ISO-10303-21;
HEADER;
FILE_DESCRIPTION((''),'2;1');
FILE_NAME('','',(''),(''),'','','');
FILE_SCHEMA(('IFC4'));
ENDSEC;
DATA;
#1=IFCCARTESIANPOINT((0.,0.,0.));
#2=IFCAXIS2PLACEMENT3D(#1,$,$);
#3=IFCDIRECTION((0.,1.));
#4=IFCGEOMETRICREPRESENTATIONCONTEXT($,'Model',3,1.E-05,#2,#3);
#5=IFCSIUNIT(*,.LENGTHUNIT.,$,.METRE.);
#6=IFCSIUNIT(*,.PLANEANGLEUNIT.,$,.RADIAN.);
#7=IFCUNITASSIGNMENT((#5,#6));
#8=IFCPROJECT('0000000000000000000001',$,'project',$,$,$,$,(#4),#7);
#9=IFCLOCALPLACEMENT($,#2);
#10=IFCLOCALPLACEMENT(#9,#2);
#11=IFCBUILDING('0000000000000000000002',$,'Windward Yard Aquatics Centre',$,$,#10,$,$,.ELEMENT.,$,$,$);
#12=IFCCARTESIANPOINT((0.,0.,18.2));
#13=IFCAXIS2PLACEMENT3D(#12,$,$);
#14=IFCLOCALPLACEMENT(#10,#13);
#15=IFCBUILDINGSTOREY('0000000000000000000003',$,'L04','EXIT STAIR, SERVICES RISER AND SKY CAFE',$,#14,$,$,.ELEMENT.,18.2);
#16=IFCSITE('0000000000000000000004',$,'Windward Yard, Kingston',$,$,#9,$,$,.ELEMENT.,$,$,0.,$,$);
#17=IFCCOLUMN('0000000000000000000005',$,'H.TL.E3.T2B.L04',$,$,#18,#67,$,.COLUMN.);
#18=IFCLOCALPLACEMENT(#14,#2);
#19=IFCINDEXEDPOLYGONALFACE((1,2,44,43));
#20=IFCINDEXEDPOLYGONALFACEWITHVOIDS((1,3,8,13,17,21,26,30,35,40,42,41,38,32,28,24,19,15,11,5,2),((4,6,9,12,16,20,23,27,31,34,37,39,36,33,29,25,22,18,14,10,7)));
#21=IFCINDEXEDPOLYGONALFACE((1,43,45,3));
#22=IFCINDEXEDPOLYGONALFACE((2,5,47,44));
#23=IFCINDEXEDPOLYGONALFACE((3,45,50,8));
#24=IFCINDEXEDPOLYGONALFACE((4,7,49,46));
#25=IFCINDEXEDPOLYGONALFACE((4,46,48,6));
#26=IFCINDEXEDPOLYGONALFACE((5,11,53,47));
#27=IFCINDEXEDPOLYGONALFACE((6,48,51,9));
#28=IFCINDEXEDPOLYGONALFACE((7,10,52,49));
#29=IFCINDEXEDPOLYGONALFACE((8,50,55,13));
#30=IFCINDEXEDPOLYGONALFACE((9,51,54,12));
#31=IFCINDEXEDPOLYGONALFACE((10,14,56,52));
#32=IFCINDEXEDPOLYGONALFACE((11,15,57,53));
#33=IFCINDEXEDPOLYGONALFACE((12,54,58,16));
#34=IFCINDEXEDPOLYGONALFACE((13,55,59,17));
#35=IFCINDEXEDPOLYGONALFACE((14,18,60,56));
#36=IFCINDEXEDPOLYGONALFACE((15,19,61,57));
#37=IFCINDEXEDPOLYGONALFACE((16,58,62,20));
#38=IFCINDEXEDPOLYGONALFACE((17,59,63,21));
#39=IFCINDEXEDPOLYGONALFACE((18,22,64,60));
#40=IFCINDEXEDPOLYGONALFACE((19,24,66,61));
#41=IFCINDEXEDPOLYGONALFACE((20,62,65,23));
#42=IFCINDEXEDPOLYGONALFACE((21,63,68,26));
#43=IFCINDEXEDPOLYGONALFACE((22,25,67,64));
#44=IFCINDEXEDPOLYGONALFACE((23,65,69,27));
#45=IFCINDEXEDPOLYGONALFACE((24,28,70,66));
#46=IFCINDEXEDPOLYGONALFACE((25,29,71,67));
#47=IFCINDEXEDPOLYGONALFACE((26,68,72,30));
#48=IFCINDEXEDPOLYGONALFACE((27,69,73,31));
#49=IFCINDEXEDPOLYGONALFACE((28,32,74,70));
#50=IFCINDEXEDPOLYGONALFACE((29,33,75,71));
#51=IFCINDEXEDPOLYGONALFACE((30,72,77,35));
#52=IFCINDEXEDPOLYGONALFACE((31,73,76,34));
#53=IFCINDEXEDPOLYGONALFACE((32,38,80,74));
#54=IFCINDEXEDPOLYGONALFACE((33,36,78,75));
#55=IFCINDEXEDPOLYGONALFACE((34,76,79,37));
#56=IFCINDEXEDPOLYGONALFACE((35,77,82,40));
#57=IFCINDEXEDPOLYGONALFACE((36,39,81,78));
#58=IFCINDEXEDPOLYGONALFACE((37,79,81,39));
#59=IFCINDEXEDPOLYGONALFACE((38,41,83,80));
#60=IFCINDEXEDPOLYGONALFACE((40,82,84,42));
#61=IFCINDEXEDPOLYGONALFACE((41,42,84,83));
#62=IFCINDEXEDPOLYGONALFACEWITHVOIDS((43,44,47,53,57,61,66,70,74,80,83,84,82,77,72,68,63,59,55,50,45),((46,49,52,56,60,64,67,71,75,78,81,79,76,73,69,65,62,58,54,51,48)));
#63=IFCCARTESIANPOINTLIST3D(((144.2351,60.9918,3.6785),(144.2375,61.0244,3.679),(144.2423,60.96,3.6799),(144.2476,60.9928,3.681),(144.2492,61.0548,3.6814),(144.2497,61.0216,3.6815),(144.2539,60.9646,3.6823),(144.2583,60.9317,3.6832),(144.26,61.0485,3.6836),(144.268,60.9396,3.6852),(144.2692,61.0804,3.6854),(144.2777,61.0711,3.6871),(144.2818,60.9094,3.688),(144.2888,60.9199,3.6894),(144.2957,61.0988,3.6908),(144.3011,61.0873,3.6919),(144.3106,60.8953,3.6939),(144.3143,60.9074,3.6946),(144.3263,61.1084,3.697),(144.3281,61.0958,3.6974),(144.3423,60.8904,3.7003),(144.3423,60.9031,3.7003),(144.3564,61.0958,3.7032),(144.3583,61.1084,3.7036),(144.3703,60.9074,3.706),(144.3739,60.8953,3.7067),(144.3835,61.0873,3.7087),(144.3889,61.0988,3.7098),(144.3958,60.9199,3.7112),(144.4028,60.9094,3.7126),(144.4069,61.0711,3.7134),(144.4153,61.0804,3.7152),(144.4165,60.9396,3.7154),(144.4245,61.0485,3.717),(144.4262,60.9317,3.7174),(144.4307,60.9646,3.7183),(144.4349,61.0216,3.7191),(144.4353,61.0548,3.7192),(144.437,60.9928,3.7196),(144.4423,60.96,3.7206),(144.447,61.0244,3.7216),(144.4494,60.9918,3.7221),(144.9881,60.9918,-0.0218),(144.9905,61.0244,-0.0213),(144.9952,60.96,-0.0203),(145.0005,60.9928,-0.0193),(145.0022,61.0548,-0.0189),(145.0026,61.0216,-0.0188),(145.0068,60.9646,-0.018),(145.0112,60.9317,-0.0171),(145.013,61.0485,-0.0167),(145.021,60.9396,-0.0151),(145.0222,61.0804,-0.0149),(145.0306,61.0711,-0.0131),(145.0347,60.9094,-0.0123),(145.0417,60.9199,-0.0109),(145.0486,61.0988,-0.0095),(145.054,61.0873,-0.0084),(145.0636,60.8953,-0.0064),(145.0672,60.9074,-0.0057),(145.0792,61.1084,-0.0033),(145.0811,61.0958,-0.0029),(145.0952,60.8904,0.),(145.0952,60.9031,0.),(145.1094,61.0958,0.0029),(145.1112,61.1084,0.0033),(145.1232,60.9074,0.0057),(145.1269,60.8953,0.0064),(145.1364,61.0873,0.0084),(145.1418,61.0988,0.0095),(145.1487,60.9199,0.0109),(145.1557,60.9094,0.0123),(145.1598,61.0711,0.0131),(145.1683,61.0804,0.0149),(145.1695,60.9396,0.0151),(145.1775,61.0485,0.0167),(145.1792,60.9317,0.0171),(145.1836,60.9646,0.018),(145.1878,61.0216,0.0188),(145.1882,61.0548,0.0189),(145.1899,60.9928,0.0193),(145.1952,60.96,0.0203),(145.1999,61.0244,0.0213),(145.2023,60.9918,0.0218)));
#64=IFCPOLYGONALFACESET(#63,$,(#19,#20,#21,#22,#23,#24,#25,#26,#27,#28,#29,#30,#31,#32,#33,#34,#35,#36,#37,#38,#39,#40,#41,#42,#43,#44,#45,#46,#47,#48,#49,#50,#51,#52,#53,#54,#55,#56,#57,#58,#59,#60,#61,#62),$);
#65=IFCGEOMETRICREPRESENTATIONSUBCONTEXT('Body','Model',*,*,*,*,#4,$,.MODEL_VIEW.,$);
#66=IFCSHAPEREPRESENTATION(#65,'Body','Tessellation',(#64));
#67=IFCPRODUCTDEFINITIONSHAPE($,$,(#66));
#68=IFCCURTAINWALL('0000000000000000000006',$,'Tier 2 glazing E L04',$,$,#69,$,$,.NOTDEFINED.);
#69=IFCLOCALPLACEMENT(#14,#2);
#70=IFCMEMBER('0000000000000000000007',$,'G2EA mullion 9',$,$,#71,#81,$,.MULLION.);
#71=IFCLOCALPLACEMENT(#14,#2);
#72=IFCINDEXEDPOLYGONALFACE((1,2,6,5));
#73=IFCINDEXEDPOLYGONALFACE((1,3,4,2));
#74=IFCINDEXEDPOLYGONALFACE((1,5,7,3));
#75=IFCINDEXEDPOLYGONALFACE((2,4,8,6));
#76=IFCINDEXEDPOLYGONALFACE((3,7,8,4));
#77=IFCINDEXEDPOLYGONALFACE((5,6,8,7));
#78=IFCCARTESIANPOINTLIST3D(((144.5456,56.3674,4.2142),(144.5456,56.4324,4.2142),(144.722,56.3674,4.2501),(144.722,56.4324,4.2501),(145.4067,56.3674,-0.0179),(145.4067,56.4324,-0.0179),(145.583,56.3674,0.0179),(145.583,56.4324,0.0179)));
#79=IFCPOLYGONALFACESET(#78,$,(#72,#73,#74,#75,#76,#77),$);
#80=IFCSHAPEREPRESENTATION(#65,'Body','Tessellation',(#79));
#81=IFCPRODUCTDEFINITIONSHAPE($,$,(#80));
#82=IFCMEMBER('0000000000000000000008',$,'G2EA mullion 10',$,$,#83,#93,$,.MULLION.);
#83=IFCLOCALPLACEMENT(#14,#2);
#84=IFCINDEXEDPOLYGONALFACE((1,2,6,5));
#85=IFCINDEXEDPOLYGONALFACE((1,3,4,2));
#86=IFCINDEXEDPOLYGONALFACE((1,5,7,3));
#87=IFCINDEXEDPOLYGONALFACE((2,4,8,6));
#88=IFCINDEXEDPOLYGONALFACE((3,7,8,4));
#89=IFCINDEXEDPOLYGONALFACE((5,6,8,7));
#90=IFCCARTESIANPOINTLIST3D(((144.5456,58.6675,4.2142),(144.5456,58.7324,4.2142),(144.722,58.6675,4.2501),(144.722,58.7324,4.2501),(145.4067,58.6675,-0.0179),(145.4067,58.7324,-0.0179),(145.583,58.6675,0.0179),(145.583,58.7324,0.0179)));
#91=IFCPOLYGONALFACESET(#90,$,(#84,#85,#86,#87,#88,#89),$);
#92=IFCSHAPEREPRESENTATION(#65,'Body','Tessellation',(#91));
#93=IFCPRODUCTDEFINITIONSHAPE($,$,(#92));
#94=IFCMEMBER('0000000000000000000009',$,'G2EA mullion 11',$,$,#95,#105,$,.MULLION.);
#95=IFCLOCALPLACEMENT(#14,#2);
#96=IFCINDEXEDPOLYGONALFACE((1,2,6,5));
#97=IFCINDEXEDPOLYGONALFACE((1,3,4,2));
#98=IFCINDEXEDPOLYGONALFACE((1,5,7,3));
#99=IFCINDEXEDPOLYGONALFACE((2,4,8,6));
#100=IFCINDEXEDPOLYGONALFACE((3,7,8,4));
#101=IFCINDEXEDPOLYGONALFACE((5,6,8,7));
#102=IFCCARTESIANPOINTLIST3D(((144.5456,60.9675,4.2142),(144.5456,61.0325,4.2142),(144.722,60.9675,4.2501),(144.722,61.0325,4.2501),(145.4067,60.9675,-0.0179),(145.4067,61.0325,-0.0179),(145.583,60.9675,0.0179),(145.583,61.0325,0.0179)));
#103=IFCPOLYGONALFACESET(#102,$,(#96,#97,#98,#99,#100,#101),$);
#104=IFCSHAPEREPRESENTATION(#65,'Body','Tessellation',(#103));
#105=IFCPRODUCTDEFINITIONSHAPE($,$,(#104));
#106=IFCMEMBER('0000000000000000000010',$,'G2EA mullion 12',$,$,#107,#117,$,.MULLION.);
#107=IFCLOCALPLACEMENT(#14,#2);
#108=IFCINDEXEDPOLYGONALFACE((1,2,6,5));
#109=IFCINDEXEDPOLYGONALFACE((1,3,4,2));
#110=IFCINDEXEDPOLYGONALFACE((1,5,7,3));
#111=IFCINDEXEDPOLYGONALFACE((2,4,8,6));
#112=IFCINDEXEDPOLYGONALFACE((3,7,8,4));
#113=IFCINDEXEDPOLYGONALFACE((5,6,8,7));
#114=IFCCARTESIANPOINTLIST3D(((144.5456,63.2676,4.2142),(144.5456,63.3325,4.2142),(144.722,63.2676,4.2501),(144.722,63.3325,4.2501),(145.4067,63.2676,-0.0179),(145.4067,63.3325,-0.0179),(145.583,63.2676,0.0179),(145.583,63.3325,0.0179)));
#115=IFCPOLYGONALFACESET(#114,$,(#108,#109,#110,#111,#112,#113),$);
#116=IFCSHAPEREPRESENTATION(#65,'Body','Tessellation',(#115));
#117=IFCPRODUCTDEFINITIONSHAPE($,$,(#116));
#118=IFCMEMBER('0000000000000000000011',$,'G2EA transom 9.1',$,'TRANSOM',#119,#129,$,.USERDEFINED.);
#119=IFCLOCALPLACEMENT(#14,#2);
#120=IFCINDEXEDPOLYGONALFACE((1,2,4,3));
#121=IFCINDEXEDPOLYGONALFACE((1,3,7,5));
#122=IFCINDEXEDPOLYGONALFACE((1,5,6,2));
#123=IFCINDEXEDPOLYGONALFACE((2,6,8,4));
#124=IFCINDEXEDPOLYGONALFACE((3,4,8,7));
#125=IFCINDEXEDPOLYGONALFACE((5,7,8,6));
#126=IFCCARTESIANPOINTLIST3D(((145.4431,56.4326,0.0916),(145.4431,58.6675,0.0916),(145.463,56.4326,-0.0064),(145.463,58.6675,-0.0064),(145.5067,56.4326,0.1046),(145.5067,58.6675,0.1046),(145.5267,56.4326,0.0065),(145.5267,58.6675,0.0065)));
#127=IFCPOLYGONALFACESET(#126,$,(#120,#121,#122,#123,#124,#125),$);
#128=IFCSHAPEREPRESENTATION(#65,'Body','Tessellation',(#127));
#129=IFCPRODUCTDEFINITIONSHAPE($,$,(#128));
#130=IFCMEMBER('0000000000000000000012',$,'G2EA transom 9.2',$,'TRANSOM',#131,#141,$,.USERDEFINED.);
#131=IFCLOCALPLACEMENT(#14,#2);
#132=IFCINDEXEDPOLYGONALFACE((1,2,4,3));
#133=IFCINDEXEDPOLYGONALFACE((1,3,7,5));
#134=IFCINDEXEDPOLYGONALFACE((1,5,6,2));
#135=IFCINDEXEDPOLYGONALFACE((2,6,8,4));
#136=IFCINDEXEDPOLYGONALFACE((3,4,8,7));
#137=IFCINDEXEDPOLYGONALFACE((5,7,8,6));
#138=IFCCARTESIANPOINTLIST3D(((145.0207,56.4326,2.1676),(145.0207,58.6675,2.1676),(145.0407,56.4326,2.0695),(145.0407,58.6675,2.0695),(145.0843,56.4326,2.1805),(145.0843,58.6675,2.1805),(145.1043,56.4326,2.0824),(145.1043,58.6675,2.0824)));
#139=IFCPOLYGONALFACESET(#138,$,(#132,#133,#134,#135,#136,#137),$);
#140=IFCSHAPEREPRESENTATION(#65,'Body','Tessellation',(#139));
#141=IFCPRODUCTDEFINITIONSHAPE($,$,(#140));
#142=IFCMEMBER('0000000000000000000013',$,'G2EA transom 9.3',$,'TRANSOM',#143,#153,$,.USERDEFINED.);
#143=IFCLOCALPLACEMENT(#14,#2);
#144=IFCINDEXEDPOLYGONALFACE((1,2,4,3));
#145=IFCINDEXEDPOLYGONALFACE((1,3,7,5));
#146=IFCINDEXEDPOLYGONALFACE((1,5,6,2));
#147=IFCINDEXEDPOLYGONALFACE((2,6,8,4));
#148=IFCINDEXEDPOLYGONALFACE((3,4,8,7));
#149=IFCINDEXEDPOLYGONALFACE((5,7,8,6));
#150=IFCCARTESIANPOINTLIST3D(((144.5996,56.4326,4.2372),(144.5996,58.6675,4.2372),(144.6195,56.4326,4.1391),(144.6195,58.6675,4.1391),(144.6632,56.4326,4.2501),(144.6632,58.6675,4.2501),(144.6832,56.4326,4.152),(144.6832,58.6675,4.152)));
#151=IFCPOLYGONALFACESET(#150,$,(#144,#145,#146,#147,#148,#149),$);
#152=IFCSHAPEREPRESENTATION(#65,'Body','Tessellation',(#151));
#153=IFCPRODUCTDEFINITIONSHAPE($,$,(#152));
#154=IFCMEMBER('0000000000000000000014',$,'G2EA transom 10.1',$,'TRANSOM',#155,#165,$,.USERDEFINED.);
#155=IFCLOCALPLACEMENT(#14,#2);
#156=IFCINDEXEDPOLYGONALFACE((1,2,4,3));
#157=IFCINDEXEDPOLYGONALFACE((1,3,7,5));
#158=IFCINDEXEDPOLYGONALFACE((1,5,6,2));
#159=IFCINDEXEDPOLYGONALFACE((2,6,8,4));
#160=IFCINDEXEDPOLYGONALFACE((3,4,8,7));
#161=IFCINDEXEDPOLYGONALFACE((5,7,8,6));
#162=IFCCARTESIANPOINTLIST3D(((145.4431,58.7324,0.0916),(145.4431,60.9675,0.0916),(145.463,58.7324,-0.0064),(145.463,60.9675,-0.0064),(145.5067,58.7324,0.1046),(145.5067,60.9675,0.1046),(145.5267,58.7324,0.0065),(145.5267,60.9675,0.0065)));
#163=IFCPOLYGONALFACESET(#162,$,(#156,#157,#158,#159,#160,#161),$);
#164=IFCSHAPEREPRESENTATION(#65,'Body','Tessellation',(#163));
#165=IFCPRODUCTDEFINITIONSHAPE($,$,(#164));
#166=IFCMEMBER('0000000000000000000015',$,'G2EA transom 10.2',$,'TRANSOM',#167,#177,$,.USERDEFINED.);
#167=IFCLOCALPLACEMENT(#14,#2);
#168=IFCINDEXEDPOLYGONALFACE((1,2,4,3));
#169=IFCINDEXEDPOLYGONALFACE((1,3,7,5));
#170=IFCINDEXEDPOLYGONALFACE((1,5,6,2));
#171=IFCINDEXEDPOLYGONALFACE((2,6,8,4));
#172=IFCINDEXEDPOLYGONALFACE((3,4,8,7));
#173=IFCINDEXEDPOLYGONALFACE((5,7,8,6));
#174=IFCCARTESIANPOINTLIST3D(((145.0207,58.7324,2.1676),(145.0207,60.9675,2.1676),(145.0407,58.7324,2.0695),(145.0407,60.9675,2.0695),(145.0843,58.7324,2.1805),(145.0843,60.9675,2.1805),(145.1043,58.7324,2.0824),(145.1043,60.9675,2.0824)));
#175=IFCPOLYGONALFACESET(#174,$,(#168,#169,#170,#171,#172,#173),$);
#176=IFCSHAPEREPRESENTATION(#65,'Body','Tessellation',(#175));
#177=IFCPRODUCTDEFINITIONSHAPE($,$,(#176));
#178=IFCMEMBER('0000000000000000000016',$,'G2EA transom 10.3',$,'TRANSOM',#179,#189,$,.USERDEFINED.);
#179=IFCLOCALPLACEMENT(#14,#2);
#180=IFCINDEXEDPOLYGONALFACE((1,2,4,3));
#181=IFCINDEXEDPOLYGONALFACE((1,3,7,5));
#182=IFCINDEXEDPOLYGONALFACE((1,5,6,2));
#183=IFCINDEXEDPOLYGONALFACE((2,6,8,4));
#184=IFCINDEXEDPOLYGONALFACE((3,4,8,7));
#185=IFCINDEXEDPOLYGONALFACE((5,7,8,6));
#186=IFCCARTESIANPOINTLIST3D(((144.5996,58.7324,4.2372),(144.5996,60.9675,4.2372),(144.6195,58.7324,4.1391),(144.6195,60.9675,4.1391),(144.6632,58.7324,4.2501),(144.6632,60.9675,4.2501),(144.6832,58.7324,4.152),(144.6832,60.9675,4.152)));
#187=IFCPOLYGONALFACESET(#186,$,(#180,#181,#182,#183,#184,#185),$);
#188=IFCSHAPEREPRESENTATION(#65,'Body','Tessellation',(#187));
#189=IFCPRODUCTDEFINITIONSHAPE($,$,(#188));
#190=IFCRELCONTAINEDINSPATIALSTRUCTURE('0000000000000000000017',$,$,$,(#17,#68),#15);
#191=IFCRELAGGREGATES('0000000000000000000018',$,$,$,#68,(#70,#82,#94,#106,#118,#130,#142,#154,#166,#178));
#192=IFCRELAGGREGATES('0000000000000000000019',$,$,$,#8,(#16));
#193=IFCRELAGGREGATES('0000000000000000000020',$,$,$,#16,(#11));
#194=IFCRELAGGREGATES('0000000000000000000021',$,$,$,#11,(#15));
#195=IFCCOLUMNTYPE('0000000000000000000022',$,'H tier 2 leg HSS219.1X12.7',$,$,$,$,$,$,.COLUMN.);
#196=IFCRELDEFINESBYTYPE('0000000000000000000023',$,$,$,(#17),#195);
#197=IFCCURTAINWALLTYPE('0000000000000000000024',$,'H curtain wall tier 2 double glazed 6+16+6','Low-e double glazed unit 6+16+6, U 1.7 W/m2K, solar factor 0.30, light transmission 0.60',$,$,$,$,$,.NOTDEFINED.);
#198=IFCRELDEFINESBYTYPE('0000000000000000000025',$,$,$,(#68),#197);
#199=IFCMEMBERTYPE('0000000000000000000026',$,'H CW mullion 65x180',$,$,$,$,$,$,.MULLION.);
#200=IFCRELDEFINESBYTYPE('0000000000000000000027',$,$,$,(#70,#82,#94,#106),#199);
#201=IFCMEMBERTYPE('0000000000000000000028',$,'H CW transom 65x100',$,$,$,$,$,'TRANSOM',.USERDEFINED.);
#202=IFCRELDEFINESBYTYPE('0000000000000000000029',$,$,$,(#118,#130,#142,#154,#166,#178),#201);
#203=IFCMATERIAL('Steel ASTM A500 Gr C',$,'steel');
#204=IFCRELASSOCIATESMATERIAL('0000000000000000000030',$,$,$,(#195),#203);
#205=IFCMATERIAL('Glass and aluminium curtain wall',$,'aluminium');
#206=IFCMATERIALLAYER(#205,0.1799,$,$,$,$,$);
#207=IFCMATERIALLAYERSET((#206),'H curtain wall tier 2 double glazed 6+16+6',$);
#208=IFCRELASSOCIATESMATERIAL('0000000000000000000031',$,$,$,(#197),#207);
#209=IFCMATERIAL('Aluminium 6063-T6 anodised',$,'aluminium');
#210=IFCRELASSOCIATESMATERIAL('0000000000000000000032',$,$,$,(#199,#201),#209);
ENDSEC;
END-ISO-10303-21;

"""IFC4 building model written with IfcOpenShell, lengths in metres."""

from ifc_helpers import new_model, si_unit, direction, frame, origin, origin_2d, place, context, subcontext, project, spatial, rectangle, hollow_circle, extrude, material, layer, layer_set, material_profile, profile_set, type_object, element, aggregate, save


model = new_model("IFC4")

# Units and contexts
model_context = context("Model", 3, precision=1e-05, world=origin(), true_north=direction((0.0, 1.0)))
body_context = subcontext(model_context, "Body", "Model", "MODEL_VIEW")
ifc_project = project(units=[si_unit("LENGTHUNIT", "METRE"), si_unit("PLANEANGLEUNIT", "RADIAN")], contexts=[model_context])

# Site, building, storey
site_placement = place(None, origin())
site = spatial("IfcSite", under=ifc_project, at=site_placement, Name="Windward Yard, Kingston", CompositionType="ELEMENT", RefElevation=0.0)
building_placement = place(site_placement, origin())
building = spatial("IfcBuilding", under=site, at=building_placement, Name="Windward Yard Aquatics Centre", CompositionType="ELEMENT")
storey_placement = place(building_placement, frame((0.0, 0.0, 18.2)))
storey = spatial("IfcBuildingStorey", under=building, at=storey_placement, Name="L04", Description="EXIT STAIR, SERVICES RISER AND SKY CAFE", CompositionType="ELEMENT", Elevation=18.2)

# Column
ifc_material_1 = material(Name="Steel ASTM A500 Gr C", Category="steel")
ifc_material_profile_1 = material_profile(ifc_material_1, hollow_circle(Radius=0.1096, WallThickness=0.0127, at=origin_2d()), Name="HSS219.1X12.7")
ifc_profile_set_1 = profile_set([ifc_material_profile_1], Name="Steel ASTM A500 Gr C")
column_type = type_object("IfcColumnType", Name="H tier 2 leg HSS219.1X12.7", PredefinedType="COLUMN", material=ifc_profile_set_1)
column_placement = place(storey_placement, frame((145.0952, 61.0, 0.0), z_axis=(-0.199398, 0.0, 0.979919), x_axis=(0.0, -1.0, 0.0)))
element("IfcColumn", 1, at=column_placement, inside=storey, type_object=column_type, Name="H.TL.E3.T2B.L04", PredefinedType="COLUMN", context=body_context, shape_type="SweptSolid", body=[
    extrude(hollow_circle(Radius=0.1096, WallThickness=0.0127, at=origin_2d()), origin(), (0.0, 0.0, 1.0), 3.7761),
])

# Curtain wall, members
ifc_material_2 = material(Name="Glass and aluminium curtain wall", Category="aluminium")
ifc_layer_1 = layer(ifc_material_2, 0.1799)
ifc_layer_set_1 = layer_set([ifc_layer_1], Name="H curtain wall tier 2 double glazed 6+16+6")
curtain_wall_type = type_object("IfcCurtainWallType", Name="H curtain wall tier 2 double glazed 6+16+6", Description="Low-e double glazed unit 6+16+6, U 1.7 W/m2K, solar factor 0.30, light transmission 0.60", PredefinedType="NOTDEFINED", material=ifc_layer_set_1)
curtain_wall_placement = place(storey_placement, origin())
curtain_wall = element("IfcCurtainWall", 2, at=curtain_wall_placement, inside=storey, type_object=curtain_wall_type, Name="Tier 2 glazing E L04", PredefinedType="NOTDEFINED")
ifc_material_3 = material(Name="Aluminium 6063-T6 anodised", Category="aluminium")
ifc_material_profile_2 = material_profile(ifc_material_3, rectangle(XDim=0.0649, YDim=0.1799, at=origin_2d()), Name="H CW mullion 65x180")
ifc_profile_set_2 = profile_set([ifc_material_profile_2], Name="Aluminium 6063-T6 anodised")
member_type_1 = type_object("IfcMemberType", Name="H CW mullion 65x180", PredefinedType="MULLION", material=ifc_profile_set_2)
member_1_placement = place(storey_placement, frame((145.4949, 56.3999, 0.0), z_axis=(-0.199376, 0.0, 0.979923), x_axis=(0.0, -1.0, 0.0)))
member_1 = element("IfcMember", 3, at=member_1_placement, type_object=member_type_1, Name="G2EA mullion 9", PredefinedType="MULLION", context=body_context, shape_type="SweptSolid", body=[
    extrude(rectangle(XDim=0.0649, YDim=0.1799, at=origin_2d()), origin(), (0.0, 0.0, 1.0), 4.3188),
])
member_2_placement = place(storey_placement, frame((145.4949, 58.7, 0.0), z_axis=(-0.199376, 0.0, 0.979923), x_axis=(0.0, -1.0, 0.0)))
member_2 = element("IfcMember", 4, at=member_2_placement, type_object=member_type_1, Name="G2EA mullion 10", PredefinedType="MULLION", context=body_context, shape_type="SweptSolid", body=[
    extrude(rectangle(XDim=0.0649, YDim=0.1799, at=origin_2d()), origin(), (0.0, 0.0, 1.0), 4.3188),
])
member_3_placement = place(storey_placement, frame((145.4949, 61.0, 0.0), z_axis=(-0.199376, 0.0, 0.979923), x_axis=(0.0, -1.0, 0.0)))
member_3 = element("IfcMember", 5, at=member_3_placement, type_object=member_type_1, Name="G2EA mullion 11", PredefinedType="MULLION", context=body_context, shape_type="SweptSolid", body=[
    extrude(rectangle(XDim=0.0649, YDim=0.1799, at=origin_2d()), origin(), (0.0, 0.0, 1.0), 4.3188),
])
member_4_placement = place(storey_placement, frame((145.4949, 63.3, 0.0), z_axis=(-0.199376, 0.0, 0.979923), x_axis=(0.0, -1.0, 0.0)))
member_4 = element("IfcMember", 6, at=member_4_placement, type_object=member_type_1, Name="G2EA mullion 12", PredefinedType="MULLION", context=body_context, shape_type="SweptSolid", body=[
    extrude(rectangle(XDim=0.0649, YDim=0.1799, at=origin_2d()), origin(), (0.0, 0.0, 1.0), 4.3188),
])
ifc_material_profile_3 = material_profile(ifc_material_3, rectangle(XDim=0.0649, YDim=0.1001, at=origin_2d()), Name="H CW transom 65x100")
ifc_profile_set_3 = profile_set([ifc_material_profile_3], Name="Aluminium 6063-T6 anodised")
member_type_2 = type_object("IfcMemberType", Name="H CW transom 65x100", ElementType="TRANSOM", PredefinedType="USERDEFINED", material=ifc_profile_set_3)
member_5_placement = place(storey_placement, frame((145.4849, 56.4326, 0.0491), z_axis=(0.0, 1.0, 0.0), x_axis=(0.979925, 0.0, 0.199368)))
member_5 = element("IfcMember", 7, at=member_5_placement, type_object=member_type_2, Name="G2EA transom 9.1", ObjectType="TRANSOM", PredefinedType="USERDEFINED", context=body_context, shape_type="SweptSolid", body=[
    extrude(rectangle(XDim=0.0649, YDim=0.1001, at=origin_2d()), origin(), (0.0, 0.0, 1.0), 2.2349),
])
member_6_placement = place(storey_placement, frame((145.0625, 56.4326, 2.125), z_axis=(0.0, 1.0, 0.0), x_axis=(0.979925, 0.0, 0.199368)))
member_6 = element("IfcMember", 8, at=member_6_placement, type_object=member_type_2, Name="G2EA transom 9.2", ObjectType="TRANSOM", PredefinedType="USERDEFINED", context=body_context, shape_type="SweptSolid", body=[
    extrude(rectangle(XDim=0.0649, YDim=0.1001, at=origin_2d()), origin(), (0.0, 0.0, 1.0), 2.2349),
])
member_7_placement = place(storey_placement, frame((144.6414, 56.4326, 4.1946), z_axis=(0.0, 1.0, 0.0), x_axis=(0.979925, 0.0, 0.199368)))
member_7 = element("IfcMember", 9, at=member_7_placement, type_object=member_type_2, Name="G2EA transom 9.3", ObjectType="TRANSOM", PredefinedType="USERDEFINED", context=body_context, shape_type="SweptSolid", body=[
    extrude(rectangle(XDim=0.0649, YDim=0.1001, at=origin_2d()), origin(), (0.0, 0.0, 1.0), 2.2349),
])
member_8_placement = place(storey_placement, frame((145.4849, 58.7324, 0.0491), z_axis=(0.0, 1.0, 0.0), x_axis=(0.979925, 0.0, 0.199368)))
member_8 = element("IfcMember", 10, at=member_8_placement, type_object=member_type_2, Name="G2EA transom 10.1", ObjectType="TRANSOM", PredefinedType="USERDEFINED", context=body_context, shape_type="SweptSolid", body=[
    extrude(rectangle(XDim=0.0649, YDim=0.1001, at=origin_2d()), origin(), (0.0, 0.0, 1.0), 2.2351),
])
member_9_placement = place(storey_placement, frame((145.0625, 58.7324, 2.125), z_axis=(0.0, 1.0, 0.0), x_axis=(0.979925, 0.0, 0.199368)))
member_9 = element("IfcMember", 11, at=member_9_placement, type_object=member_type_2, Name="G2EA transom 10.2", ObjectType="TRANSOM", PredefinedType="USERDEFINED", context=body_context, shape_type="SweptSolid", body=[
    extrude(rectangle(XDim=0.0649, YDim=0.1001, at=origin_2d()), origin(), (0.0, 0.0, 1.0), 2.2351),
])
member_10_placement = place(storey_placement, frame((144.6414, 58.7324, 4.1946), z_axis=(0.0, 1.0, 0.0), x_axis=(0.979925, 0.0, 0.199368)))
member_10 = element("IfcMember", 12, at=member_10_placement, type_object=member_type_2, Name="G2EA transom 10.3", ObjectType="TRANSOM", PredefinedType="USERDEFINED", context=body_context, shape_type="SweptSolid", body=[
    extrude(rectangle(XDim=0.0649, YDim=0.1001, at=origin_2d()), origin(), (0.0, 0.0, 1.0), 2.2351),
])

aggregate(curtain_wall, [member_1, member_2, member_3, member_4, member_5, member_6, member_7, member_8, member_9, member_10])

save(model, "model.ifc")
